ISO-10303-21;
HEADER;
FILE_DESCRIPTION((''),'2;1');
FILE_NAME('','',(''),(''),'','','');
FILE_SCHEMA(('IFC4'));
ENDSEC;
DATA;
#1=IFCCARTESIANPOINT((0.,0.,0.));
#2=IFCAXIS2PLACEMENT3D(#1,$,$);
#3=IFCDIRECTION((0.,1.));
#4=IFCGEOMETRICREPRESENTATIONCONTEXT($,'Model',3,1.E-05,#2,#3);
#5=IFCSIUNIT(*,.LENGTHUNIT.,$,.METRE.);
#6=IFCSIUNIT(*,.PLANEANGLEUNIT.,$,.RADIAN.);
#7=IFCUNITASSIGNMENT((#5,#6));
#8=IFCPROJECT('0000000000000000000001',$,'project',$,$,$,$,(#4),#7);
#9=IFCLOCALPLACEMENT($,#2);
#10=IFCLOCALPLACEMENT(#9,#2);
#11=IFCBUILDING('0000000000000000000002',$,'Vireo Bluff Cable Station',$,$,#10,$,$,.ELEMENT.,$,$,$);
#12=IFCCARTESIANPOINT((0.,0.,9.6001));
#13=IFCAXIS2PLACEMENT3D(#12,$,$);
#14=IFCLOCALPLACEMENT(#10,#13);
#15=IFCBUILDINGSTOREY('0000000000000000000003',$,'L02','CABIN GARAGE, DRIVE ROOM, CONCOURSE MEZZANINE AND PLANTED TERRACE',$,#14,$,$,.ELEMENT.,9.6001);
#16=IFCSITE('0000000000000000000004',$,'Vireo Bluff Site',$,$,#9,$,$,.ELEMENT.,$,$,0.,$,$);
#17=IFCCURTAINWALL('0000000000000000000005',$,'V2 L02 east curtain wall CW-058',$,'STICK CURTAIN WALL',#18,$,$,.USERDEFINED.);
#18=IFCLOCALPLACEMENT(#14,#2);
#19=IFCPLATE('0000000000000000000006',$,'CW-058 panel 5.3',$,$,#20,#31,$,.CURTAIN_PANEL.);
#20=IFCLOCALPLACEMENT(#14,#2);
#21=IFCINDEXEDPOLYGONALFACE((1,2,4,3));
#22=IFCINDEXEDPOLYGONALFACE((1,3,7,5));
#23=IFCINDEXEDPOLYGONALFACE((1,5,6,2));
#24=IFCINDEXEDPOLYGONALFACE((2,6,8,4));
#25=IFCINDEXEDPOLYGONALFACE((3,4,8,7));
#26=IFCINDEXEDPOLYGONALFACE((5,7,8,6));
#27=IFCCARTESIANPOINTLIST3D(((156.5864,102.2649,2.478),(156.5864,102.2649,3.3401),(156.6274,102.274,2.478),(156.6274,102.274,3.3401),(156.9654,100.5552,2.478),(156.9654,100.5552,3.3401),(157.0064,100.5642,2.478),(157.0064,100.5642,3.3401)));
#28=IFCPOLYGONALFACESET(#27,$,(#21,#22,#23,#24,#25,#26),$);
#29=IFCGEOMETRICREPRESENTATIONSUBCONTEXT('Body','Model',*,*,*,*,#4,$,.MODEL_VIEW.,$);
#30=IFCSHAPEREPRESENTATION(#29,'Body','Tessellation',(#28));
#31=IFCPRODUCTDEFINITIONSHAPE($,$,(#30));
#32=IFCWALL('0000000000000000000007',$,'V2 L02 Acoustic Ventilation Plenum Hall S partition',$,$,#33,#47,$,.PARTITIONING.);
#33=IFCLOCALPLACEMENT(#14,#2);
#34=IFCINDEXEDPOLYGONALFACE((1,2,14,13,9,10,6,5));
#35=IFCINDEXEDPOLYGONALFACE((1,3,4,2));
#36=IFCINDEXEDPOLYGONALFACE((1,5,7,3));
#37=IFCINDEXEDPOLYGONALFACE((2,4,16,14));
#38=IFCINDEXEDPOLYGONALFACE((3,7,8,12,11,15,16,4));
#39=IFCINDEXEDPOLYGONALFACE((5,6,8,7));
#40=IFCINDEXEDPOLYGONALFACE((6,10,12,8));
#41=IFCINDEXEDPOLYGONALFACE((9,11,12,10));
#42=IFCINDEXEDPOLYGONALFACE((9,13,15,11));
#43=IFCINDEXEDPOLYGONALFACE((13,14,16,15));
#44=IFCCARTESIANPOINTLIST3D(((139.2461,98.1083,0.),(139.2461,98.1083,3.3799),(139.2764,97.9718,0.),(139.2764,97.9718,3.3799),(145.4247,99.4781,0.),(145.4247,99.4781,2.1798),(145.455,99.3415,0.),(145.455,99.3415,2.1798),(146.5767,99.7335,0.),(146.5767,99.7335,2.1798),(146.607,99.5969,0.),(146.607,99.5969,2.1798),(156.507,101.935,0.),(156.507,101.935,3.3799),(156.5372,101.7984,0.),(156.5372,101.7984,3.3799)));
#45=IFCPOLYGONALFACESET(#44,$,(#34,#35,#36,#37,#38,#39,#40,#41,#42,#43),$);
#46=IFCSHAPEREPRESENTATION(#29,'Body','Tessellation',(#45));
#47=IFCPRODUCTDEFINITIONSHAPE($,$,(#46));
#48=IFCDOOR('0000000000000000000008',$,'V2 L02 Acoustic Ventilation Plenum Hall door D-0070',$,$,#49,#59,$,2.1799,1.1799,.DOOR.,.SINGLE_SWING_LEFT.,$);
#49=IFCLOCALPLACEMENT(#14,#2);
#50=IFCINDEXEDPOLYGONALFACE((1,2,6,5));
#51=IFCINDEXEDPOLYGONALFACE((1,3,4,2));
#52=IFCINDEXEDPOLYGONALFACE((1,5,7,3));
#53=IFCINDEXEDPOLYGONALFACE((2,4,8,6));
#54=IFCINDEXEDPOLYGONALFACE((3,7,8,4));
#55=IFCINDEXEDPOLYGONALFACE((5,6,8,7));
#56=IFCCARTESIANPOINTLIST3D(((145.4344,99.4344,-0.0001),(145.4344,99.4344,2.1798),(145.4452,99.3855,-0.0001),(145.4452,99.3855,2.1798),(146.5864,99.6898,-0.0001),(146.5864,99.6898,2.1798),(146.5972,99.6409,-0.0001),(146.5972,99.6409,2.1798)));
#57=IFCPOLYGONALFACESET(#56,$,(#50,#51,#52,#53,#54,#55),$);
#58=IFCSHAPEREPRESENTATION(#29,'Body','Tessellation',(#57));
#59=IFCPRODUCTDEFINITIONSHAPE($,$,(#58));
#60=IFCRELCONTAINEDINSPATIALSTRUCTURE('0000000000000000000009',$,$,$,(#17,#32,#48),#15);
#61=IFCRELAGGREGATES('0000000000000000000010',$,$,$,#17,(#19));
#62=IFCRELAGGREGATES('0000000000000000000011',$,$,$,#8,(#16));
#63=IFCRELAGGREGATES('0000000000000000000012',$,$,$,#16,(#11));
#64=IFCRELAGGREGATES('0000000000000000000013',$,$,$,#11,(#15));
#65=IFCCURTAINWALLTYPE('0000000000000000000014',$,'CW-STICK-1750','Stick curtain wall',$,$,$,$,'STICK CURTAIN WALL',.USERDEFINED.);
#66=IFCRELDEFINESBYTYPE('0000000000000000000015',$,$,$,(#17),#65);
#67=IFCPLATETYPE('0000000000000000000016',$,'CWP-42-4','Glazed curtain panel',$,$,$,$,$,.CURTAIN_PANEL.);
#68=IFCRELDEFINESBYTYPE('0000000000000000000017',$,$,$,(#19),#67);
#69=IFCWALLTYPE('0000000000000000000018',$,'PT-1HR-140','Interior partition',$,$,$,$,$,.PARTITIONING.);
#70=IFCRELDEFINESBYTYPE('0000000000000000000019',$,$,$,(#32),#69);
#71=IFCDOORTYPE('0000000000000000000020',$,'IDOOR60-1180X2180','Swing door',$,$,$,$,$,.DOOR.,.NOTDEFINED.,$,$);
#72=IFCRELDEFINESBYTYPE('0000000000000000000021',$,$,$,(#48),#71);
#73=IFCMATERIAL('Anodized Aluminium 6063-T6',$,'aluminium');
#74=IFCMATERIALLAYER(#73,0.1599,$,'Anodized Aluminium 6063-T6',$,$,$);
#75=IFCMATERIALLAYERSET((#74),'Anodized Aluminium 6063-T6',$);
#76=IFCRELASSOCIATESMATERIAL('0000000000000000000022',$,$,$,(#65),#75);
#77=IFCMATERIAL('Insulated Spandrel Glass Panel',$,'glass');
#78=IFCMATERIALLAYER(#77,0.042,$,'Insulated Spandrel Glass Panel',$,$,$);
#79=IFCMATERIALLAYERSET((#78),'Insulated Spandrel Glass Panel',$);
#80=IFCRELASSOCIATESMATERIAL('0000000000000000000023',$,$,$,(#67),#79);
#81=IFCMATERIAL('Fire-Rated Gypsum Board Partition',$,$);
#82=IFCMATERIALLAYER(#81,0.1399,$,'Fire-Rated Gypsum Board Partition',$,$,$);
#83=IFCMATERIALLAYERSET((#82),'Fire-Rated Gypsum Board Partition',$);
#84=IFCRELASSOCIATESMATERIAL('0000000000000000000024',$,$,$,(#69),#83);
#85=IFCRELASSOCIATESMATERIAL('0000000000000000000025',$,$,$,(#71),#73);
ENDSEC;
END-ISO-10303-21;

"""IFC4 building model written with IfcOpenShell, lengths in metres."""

from ifc_helpers import new_model, si_unit, direction, frame, frame_2d, origin, origin_with_axes, origin_2d, place, context, subcontext, project, spatial, rectangle, extrude, material, layer, layer_set, type_object, element, fill, aggregate, save


model = new_model("IFC4")

# Units and contexts
model_context = context("Model", 3, precision=1e-05, world=origin(), true_north=direction((0.0, 1.0)))
body_context = subcontext(model_context, "Body", "Model", "MODEL_VIEW")
ifc_project = project(units=[si_unit("LENGTHUNIT", "METRE"), si_unit("PLANEANGLEUNIT", "RADIAN")], contexts=[model_context])

# Site, building, storey
site_placement = place(None, origin())
site = spatial("IfcSite", under=ifc_project, at=site_placement, Name="Vireo Bluff Site", CompositionType="ELEMENT", RefElevation=0.0)
building_placement = place(site_placement, origin())
building = spatial("IfcBuilding", under=site, at=building_placement, Name="Vireo Bluff Cable Station", CompositionType="ELEMENT")
storey_placement = place(building_placement, frame((0.0, 0.0, 9.6001)))
storey = spatial("IfcBuildingStorey", under=building, at=storey_placement, Name="L02", Description="CABIN GARAGE, DRIVE ROOM, CONCOURSE MEZZANINE AND PLANTED TERRACE", CompositionType="ELEMENT", Elevation=9.6001)

# Curtain wall
ifc_material_1 = material(Name="Anodized Aluminium 6063-T6", Category="aluminium")
ifc_layer_1 = layer(ifc_material_1, 0.1599, Name="Anodized Aluminium 6063-T6")
ifc_layer_set_1 = layer_set([ifc_layer_1], Name="Anodized Aluminium 6063-T6")
curtain_wall_type = type_object("IfcCurtainWallType", Name="CW-STICK-1750", Description="Stick curtain wall", ElementType="STICK CURTAIN WALL", PredefinedType="USERDEFINED", material=ifc_layer_set_1)
curtain_wall_placement = place(storey_placement, origin())
curtain_wall = element("IfcCurtainWall", 1, at=curtain_wall_placement, inside=storey, type_object=curtain_wall_type, Name="V2 L02 east curtain wall CW-058", ObjectType="STICK CURTAIN WALL", PredefinedType="USERDEFINED")

# Plate
ifc_material_2 = material(Name="Insulated Spandrel Glass Panel", Category="glass")
ifc_layer_2 = layer(ifc_material_2, 0.042, Name="Insulated Spandrel Glass Panel")
ifc_layer_set_2 = layer_set([ifc_layer_2], Name="Insulated Spandrel Glass Panel")
plate_type = type_object("IfcPlateType", Name="CWP-42-4", Description="Glazed curtain panel", PredefinedType="CURTAIN_PANEL", material=ifc_layer_set_2)
plate_1_placement = place(storey_placement, frame((156.7964, 101.4146, 2.478), z_axis=(0.0, 0.0, 1.0), x_axis=(0.21644, -0.976296, 0.0)))
plate_1 = element("IfcPlate", 2, at=plate_1_placement, type_object=plate_type, Name="CW-058 panel 5.3", PredefinedType="CURTAIN_PANEL", context=body_context, shape_type="SweptSolid", body=[
    extrude(rectangle(XDim=1.7512, YDim=0.042, at=origin_2d()), origin(), (0.0, 0.0, 1.0), 0.8621),
])
aggregate(curtain_wall, [plate_1])

# Wall, opening, door
ifc_material_3 = material(Name="Fire-Rated Gypsum Board Partition")
ifc_layer_3 = layer(ifc_material_3, 0.1399, Name="Fire-Rated Gypsum Board Partition")
ifc_layer_set_3 = layer_set([ifc_layer_3], Name="Fire-Rated Gypsum Board Partition")
wall_type = type_object("IfcWallType", Name="PT-1HR-140", Description="Interior partition", PredefinedType="PARTITIONING", material=ifc_layer_set_3)
wall_placement = place(storey_placement, frame((156.522, 101.8667, 0.0), z_axis=(0.0, 0.0, 1.0), x_axis=(-0.976295, -0.216442, 0.0)))
wall = element("IfcWall", 3, at=wall_placement, inside=storey, type_object=wall_type, Name="V2 L02 Acoustic Ventilation Plenum Hall S partition", PredefinedType="PARTITIONING", context=body_context, shape_type="SweptSolid", body=[
    extrude(rectangle(XDim=17.6799, YDim=0.1399, at=frame_2d((8.8398, 0.0))), origin(), (0.0, 0.0, 1.0), 3.3799),
])
opening_placement = place(wall_placement, frame((10.1714, 0.0, 0.0)))
opening = element("IfcOpeningElement", 4, at=opening_placement, cuts=wall, PredefinedType="OPENING", context=body_context, shape_type="SweptSolid", body=[
    extrude(rectangle(XDim=1.1799, YDim=2.1799, at=frame_2d((0.5898, 1.0898))), frame((0.0, 0.0801, 0.0), z_axis=(0.0, -1.0, 0.0), x_axis=(1.0, 0.0, 0.0)), (0.0, 0.0, 1.0), 0.1599),
])
door_type = type_object("IfcDoorType", Name="IDOOR60-1180X2180", Description="Swing door", OperationType="NOTDEFINED", PredefinedType="DOOR", material=ifc_material_1)
door_placement = place(opening_placement, origin_with_axes())
door = element("IfcDoor", 5, at=door_placement, inside=storey, type_object=door_type, Name="V2 L02 Acoustic Ventilation Plenum Hall door D-0070", OperationType="SINGLE_SWING_LEFT", OverallHeight=2.1799, OverallWidth=1.1799, PredefinedType="DOOR", context=body_context, shape_type="SweptSolid", body=[
    extrude(rectangle(XDim=1.1799, YDim=2.1799, at=frame_2d((0.5898, 1.0898))), frame((0.0, 0.0249, 0.0), z_axis=(0.0, -1.0, 0.0), x_axis=(1.0, 0.0, 0.0)), (0.0, 0.0, 1.0), 0.05),
])
fill(opening, door)

save(model, "model.ifc")
